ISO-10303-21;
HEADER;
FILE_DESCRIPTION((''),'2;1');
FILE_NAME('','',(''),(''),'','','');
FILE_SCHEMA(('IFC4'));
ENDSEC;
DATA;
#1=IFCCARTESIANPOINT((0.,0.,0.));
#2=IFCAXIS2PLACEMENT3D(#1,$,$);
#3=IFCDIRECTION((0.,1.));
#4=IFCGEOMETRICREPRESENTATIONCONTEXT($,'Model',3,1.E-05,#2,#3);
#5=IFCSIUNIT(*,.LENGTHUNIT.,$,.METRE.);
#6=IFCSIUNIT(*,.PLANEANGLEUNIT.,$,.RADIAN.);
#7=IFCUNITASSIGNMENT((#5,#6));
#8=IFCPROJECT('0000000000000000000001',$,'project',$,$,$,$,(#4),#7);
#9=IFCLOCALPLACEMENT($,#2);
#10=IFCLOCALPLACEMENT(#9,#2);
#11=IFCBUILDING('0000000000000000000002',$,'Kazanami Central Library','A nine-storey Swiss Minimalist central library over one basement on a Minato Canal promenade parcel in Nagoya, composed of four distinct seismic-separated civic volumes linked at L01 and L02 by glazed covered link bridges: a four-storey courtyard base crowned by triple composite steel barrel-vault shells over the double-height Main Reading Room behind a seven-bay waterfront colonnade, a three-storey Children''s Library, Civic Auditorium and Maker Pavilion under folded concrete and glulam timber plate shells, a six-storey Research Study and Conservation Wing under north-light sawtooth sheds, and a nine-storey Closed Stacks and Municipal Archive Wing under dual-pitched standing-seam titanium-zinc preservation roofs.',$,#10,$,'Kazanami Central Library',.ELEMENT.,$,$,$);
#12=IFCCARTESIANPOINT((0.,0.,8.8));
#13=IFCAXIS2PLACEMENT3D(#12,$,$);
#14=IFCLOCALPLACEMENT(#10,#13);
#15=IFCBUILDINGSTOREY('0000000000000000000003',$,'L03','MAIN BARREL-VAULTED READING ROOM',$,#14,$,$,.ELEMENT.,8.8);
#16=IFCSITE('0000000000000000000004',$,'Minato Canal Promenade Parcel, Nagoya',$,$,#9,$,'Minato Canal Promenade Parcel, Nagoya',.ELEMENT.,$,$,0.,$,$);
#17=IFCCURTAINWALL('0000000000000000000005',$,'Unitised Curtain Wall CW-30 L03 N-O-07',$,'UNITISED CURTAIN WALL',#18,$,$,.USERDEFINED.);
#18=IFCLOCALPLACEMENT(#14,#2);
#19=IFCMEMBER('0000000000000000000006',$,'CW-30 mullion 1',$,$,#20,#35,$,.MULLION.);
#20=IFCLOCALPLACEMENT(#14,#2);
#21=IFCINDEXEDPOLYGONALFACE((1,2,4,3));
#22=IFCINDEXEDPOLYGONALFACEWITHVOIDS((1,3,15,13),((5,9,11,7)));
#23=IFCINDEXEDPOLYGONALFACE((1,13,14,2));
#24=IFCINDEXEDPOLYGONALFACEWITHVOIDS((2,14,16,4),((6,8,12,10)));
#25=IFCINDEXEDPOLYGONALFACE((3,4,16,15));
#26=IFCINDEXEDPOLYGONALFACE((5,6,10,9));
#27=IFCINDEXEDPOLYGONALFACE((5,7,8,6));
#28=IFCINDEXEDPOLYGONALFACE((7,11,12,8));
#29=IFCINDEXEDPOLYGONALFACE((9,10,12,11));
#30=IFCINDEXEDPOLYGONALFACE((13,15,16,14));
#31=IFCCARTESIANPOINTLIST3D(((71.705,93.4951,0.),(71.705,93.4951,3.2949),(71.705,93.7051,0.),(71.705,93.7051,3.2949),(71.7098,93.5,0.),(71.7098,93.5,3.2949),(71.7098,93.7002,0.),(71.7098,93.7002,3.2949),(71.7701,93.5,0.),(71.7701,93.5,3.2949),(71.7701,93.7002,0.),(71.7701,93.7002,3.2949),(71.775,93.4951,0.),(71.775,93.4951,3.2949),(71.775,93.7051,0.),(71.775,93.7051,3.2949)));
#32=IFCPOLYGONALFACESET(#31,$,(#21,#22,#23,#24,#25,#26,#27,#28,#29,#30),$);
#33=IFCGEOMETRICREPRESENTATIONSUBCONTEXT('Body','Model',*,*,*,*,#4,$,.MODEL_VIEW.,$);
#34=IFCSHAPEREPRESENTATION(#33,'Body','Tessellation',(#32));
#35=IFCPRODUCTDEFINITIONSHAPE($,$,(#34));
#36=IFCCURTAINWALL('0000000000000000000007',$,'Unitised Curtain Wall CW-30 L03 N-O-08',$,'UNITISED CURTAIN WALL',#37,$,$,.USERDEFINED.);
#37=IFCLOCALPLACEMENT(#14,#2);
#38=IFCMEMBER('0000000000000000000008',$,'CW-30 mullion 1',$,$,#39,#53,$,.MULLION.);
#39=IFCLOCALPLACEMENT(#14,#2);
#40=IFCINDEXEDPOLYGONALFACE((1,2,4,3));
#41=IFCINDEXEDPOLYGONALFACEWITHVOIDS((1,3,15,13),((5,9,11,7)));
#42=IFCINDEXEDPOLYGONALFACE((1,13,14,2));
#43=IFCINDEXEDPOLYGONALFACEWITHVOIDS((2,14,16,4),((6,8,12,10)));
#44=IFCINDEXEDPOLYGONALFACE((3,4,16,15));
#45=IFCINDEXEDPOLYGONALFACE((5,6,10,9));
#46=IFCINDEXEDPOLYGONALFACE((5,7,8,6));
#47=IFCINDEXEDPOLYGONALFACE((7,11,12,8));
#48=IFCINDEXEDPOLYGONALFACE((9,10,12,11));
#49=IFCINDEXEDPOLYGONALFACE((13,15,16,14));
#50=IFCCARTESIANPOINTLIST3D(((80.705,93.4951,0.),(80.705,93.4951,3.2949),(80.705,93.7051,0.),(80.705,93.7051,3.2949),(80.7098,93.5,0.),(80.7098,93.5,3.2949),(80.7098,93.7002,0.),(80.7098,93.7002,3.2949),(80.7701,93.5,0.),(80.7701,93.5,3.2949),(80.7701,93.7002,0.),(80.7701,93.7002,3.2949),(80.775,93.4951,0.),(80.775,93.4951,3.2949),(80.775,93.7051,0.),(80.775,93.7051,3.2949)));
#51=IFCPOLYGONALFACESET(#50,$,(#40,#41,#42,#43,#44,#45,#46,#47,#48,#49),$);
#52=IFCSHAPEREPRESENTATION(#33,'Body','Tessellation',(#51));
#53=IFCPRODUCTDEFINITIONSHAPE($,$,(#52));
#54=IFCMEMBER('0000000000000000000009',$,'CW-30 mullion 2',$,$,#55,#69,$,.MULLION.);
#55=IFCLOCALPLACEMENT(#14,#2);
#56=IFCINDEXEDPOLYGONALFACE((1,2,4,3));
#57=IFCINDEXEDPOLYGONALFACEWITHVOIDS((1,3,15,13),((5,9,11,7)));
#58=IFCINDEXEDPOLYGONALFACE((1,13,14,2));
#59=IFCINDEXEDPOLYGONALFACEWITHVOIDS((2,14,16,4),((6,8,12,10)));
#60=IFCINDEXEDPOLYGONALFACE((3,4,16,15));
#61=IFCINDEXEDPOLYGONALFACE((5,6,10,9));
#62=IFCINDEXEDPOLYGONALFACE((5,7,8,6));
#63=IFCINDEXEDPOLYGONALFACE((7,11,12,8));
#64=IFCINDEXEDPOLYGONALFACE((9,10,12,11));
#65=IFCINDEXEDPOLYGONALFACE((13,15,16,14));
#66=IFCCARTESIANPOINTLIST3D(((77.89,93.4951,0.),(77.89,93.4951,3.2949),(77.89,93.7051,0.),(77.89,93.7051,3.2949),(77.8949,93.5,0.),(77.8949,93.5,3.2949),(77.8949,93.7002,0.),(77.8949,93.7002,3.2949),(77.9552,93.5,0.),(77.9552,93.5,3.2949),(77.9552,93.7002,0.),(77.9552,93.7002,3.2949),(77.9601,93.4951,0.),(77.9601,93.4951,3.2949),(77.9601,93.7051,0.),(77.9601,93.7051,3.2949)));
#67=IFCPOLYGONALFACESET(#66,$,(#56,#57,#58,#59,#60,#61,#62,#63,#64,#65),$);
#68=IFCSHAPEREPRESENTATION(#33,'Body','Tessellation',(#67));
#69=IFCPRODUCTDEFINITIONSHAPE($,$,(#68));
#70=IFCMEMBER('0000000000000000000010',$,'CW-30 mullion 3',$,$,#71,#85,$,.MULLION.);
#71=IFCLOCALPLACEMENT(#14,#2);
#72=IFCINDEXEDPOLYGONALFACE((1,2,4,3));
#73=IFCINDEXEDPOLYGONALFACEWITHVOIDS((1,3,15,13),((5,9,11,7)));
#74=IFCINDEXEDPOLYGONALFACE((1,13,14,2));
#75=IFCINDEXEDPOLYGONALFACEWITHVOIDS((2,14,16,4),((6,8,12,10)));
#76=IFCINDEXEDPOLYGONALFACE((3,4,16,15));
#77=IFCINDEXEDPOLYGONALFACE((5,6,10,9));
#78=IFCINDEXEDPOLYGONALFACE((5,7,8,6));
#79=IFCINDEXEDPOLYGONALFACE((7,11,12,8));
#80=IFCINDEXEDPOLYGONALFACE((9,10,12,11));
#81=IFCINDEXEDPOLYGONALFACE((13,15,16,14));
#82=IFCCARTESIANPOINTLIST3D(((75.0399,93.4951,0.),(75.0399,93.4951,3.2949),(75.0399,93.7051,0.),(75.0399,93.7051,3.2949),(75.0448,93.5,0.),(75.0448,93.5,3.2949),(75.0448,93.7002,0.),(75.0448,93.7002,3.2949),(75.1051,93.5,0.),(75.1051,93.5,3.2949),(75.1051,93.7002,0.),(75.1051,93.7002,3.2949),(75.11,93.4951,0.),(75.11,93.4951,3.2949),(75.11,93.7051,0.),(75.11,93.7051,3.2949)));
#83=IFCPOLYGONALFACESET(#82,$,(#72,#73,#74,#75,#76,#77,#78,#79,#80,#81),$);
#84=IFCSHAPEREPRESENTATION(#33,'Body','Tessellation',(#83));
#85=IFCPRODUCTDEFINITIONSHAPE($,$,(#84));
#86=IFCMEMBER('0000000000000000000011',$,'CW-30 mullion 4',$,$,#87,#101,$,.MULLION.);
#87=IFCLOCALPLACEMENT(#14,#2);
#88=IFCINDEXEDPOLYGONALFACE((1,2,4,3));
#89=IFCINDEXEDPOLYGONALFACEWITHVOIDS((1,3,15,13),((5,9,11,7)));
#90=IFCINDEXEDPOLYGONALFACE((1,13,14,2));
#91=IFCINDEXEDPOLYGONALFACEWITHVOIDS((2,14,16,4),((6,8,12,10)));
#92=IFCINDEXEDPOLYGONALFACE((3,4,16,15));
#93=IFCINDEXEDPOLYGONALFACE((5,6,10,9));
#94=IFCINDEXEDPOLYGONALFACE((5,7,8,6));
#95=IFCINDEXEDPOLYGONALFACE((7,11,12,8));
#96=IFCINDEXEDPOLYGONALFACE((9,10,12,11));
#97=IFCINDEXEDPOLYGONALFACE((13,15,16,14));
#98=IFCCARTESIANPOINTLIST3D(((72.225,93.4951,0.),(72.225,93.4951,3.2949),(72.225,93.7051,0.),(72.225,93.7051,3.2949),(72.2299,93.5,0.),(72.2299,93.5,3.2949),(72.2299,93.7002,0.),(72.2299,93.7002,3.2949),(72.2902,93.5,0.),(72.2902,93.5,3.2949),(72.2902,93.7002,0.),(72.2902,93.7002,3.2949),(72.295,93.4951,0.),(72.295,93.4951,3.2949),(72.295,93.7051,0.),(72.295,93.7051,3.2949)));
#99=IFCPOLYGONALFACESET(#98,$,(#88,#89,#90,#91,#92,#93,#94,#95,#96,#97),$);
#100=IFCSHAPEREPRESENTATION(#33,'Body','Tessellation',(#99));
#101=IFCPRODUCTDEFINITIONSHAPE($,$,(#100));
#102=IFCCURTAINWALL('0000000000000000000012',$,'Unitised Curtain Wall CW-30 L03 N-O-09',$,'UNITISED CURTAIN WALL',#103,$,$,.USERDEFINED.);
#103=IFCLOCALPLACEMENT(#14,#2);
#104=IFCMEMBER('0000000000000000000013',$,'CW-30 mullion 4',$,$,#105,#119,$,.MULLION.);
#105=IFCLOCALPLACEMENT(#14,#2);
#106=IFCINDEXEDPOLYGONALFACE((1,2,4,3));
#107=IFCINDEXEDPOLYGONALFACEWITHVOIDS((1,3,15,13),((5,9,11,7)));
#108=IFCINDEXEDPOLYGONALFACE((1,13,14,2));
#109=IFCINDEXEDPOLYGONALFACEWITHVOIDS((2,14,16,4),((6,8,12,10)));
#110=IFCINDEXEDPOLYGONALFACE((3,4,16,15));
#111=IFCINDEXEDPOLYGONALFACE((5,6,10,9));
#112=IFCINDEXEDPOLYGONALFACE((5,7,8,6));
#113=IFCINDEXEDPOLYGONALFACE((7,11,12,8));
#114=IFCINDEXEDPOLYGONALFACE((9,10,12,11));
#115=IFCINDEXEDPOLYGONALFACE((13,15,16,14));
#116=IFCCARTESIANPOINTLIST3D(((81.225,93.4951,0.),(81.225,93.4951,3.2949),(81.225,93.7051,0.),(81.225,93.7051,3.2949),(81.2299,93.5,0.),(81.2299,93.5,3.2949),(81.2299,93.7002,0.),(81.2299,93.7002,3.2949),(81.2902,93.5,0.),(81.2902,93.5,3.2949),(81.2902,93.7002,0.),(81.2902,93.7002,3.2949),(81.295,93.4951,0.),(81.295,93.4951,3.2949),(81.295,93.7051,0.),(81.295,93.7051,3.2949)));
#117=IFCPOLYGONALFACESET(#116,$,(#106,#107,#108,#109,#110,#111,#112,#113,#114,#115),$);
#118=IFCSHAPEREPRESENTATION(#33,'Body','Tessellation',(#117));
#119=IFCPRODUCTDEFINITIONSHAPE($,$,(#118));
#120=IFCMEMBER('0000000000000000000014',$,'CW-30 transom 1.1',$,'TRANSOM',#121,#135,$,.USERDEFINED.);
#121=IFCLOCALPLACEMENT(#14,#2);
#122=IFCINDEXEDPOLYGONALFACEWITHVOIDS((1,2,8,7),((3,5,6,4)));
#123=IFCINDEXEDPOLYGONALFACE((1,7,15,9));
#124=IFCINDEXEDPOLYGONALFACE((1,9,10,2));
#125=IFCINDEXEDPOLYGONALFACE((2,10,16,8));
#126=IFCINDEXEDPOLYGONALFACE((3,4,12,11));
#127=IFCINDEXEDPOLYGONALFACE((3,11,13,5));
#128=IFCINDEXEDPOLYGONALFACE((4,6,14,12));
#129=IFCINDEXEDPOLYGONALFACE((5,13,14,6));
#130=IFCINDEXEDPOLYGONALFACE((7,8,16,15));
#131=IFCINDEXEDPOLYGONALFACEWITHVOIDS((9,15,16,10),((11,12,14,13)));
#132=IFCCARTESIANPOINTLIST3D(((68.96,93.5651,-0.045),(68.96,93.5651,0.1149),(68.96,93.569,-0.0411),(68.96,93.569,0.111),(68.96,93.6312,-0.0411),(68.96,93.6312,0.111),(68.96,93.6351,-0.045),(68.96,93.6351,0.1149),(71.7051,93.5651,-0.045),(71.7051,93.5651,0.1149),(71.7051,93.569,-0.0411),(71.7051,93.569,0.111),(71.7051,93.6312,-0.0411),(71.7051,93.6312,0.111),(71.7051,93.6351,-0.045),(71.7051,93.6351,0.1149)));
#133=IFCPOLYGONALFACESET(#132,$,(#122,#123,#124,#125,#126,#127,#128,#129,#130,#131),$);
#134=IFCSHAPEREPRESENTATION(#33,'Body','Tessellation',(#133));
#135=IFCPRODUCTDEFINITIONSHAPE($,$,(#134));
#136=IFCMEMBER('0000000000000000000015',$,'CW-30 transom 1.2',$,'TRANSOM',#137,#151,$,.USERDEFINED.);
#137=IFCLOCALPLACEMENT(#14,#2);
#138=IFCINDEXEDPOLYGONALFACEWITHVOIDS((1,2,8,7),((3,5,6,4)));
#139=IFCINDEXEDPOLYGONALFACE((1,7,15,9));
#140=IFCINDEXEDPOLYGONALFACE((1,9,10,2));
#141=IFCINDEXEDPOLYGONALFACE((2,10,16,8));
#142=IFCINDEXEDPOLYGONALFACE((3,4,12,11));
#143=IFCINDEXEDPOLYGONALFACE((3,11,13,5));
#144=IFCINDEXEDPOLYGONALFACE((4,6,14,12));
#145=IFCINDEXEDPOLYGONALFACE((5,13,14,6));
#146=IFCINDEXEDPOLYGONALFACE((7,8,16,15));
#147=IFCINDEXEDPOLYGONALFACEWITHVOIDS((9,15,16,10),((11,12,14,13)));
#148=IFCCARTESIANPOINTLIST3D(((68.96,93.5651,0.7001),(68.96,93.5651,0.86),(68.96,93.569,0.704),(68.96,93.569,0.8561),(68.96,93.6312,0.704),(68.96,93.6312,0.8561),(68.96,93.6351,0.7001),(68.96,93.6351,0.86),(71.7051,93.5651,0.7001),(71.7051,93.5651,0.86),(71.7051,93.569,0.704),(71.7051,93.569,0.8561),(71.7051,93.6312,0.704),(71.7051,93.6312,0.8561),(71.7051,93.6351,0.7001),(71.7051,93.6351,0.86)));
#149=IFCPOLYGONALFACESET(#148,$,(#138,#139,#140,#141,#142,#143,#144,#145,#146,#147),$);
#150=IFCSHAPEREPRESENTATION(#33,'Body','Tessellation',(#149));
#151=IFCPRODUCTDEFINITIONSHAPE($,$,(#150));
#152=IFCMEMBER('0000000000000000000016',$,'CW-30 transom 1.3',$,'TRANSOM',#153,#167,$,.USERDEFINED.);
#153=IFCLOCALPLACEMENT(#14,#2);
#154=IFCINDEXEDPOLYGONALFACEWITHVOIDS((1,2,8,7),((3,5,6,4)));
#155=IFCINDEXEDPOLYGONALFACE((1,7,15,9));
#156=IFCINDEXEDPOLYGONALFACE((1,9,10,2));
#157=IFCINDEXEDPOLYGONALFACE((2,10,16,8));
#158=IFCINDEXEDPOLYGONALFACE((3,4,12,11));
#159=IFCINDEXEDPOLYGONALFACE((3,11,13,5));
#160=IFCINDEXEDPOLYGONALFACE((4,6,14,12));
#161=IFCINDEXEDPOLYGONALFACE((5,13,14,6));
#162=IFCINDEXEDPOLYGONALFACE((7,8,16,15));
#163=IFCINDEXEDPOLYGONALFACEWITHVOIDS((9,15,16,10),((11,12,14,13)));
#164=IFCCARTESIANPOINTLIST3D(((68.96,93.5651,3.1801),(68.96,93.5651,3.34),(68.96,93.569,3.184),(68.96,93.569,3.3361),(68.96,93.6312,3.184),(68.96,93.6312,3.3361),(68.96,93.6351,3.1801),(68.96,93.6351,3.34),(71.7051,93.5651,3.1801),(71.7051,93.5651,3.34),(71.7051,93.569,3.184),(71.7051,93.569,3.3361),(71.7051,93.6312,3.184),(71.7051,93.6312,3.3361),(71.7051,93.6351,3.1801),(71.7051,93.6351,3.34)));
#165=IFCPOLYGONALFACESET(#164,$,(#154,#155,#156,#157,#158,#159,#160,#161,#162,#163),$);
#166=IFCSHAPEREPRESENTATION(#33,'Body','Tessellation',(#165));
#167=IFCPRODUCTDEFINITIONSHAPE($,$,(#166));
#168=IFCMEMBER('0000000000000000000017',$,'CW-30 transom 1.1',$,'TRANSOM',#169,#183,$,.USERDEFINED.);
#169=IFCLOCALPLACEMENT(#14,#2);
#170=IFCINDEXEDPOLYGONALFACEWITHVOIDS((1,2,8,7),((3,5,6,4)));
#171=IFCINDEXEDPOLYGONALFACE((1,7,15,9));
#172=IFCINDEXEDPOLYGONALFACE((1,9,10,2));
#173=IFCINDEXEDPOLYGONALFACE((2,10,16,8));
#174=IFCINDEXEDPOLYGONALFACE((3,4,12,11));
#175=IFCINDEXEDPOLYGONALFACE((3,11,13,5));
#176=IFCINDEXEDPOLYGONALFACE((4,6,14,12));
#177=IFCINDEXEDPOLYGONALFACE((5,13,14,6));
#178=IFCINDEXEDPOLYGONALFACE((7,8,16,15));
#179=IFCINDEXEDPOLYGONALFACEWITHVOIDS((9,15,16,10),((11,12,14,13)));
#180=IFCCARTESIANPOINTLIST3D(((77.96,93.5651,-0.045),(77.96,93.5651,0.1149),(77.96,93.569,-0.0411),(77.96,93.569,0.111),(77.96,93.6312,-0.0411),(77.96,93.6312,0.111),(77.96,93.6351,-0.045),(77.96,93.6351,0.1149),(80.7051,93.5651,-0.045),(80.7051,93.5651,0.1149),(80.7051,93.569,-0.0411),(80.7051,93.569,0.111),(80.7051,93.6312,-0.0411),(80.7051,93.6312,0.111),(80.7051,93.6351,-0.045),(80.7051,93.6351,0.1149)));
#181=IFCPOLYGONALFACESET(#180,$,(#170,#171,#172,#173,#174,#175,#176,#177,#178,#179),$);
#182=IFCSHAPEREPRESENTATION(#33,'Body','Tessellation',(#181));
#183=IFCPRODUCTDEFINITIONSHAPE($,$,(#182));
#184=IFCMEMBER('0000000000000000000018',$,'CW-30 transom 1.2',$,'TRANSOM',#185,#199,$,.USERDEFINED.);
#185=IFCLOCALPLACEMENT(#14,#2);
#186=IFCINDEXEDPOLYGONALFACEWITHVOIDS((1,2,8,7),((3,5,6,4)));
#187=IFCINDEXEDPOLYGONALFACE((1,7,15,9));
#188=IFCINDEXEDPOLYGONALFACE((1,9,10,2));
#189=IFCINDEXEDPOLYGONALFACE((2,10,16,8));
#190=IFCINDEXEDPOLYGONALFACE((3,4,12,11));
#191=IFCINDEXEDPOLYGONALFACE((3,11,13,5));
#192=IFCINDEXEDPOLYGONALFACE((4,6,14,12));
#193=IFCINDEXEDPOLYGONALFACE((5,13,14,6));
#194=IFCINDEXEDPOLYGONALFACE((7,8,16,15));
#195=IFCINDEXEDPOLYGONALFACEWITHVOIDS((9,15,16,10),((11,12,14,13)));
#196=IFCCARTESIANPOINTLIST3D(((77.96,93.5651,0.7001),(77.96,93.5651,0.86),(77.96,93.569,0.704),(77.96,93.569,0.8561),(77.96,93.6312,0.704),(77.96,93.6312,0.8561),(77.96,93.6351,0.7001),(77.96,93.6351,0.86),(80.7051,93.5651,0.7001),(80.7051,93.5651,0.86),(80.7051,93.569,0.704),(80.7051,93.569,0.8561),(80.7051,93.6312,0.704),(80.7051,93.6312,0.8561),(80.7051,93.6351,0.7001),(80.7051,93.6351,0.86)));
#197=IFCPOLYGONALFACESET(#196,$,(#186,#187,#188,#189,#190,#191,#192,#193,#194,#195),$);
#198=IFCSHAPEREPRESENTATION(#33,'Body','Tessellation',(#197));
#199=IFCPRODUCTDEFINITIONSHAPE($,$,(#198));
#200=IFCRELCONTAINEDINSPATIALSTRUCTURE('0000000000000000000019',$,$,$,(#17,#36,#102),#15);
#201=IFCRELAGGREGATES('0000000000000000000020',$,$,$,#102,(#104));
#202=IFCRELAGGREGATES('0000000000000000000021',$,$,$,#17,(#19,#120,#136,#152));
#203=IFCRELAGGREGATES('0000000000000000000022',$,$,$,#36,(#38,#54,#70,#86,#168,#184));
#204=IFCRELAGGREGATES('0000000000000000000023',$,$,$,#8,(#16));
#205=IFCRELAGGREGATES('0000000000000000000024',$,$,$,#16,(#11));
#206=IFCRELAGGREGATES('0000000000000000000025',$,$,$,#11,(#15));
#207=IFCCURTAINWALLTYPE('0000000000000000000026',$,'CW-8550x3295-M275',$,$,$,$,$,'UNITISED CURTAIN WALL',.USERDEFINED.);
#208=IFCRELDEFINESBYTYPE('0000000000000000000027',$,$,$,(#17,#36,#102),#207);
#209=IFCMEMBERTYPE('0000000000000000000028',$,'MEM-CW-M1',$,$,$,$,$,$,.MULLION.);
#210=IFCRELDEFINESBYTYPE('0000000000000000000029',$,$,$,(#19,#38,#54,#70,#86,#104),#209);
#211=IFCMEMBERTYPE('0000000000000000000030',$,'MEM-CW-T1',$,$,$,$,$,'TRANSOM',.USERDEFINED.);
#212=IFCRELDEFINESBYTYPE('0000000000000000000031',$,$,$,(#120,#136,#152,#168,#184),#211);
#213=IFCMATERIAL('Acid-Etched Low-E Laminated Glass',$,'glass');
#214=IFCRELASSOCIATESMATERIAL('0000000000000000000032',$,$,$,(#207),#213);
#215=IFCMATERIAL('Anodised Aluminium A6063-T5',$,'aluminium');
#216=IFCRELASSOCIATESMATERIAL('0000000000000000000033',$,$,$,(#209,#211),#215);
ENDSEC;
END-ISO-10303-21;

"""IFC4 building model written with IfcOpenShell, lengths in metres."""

from ifc_helpers import new_model, si_unit, direction, frame, origin, origin_2d, place, context, subcontext, project, spatial, hollow_rectangle, extrude, material, material_profile, profile_set, type_object, element, aggregate, save


model = new_model("IFC4")

# Units and contexts
model_context = context("Model", 3, precision=1e-05, world=origin(), true_north=direction((0.0, 1.0)))
body_context = subcontext(model_context, "Body", "Model", "MODEL_VIEW")
ifc_project = project(units=[si_unit("LENGTHUNIT", "METRE"), si_unit("PLANEANGLEUNIT", "RADIAN")], contexts=[model_context])

# Site, building, storey
site_placement = place(None, origin())
site = spatial("IfcSite", under=ifc_project, at=site_placement, Name="Minato Canal Promenade Parcel, Nagoya", LongName="Minato Canal Promenade Parcel, Nagoya", CompositionType="ELEMENT", RefElevation=0.0)
building_placement = place(site_placement, origin())
building = spatial("IfcBuilding", under=site, at=building_placement, Name="Kazanami Central Library", Description="A nine-storey Swiss Minimalist central library over one basement on a Minato Canal promenade parcel in Nagoya, composed of four distinct seismic-separated civic volumes linked at L01 and L02 by glazed covered link bridges: a four-storey courtyard base crowned by triple composite steel barrel-vault shells over the double-height Main Reading Room behind a seven-bay waterfront colonnade, a three-storey Children's Library, Civic Auditorium and Maker Pavilion under folded concrete and glulam timber plate shells, a six-storey Research Study and Conservation Wing under north-light sawtooth sheds, and a nine-storey Closed Stacks and Municipal Archive Wing under dual-pitched standing-seam titanium-zinc preservation roofs.", LongName="Kazanami Central Library", CompositionType="ELEMENT")
storey_placement = place(building_placement, frame((0.0, 0.0, 8.8)))
storey = spatial("IfcBuildingStorey", under=building, at=storey_placement, Name="L03", Description="MAIN BARREL-VAULTED READING ROOM", CompositionType="ELEMENT", Elevation=8.8)

# Curtain wall, member
ifc_material_1 = material(Name="Acid-Etched Low-E Laminated Glass", Category="glass")
curtain_wall_type = type_object("IfcCurtainWallType", Name="CW-8550x3295-M275", ElementType="UNITISED CURTAIN WALL", PredefinedType="USERDEFINED", material=ifc_material_1)
curtain_wall_1_placement = place(storey_placement, origin())
curtain_wall_1 = element("IfcCurtainWall", 1, at=curtain_wall_1_placement, inside=storey, type_object=curtain_wall_type, Name="Unitised Curtain Wall CW-30 L03 N-O-07", ObjectType="UNITISED CURTAIN WALL", PredefinedType="USERDEFINED")
ifc_material_2 = material(Name="Anodised Aluminium A6063-T5", Category="aluminium")
ifc_material_profile_1 = material_profile(ifc_material_2, hollow_rectangle(XDim=0.0701, YDim=0.21, WallThickness=0.0049, at=origin_2d()), Name="ALU-MULL-70x210x5")
ifc_profile_set_1 = profile_set([ifc_material_profile_1], Name="Anodised Aluminium A6063-T5")
member_type_1 = type_object("IfcMemberType", Name="MEM-CW-M1", PredefinedType="MULLION", material=ifc_profile_set_1)
member_1_placement = place(storey_placement, frame((71.74, 93.6001, 0.0), z_axis=(0.0, 0.0, 1.0), x_axis=(-1.0, 0.0, 0.0)))
member_1 = element("IfcMember", 2, at=member_1_placement, type_object=member_type_1, Name="CW-30 mullion 1", PredefinedType="MULLION", context=body_context, shape_type="SweptSolid", body=[
    extrude(hollow_rectangle(XDim=0.0701, YDim=0.21, WallThickness=0.0049, at=origin_2d()), origin(), (0.0, 0.0, 1.0), 3.2949),
])

# Curtain wall, members
curtain_wall_2_placement = place(storey_placement, origin())
curtain_wall_2 = element("IfcCurtainWall", 3, at=curtain_wall_2_placement, inside=storey, type_object=curtain_wall_type, Name="Unitised Curtain Wall CW-30 L03 N-O-08", ObjectType="UNITISED CURTAIN WALL", PredefinedType="USERDEFINED")
member_2_placement = place(storey_placement, frame((80.74, 93.6001, 0.0), z_axis=(0.0, 0.0, 1.0), x_axis=(-1.0, 0.0, 0.0)))
member_2 = element("IfcMember", 4, at=member_2_placement, type_object=member_type_1, Name="CW-30 mullion 1", PredefinedType="MULLION", context=body_context, shape_type="SweptSolid", body=[
    extrude(hollow_rectangle(XDim=0.0701, YDim=0.21, WallThickness=0.0049, at=origin_2d()), origin(), (0.0, 0.0, 1.0), 3.2949),
])
member_3_placement = place(storey_placement, frame((77.925, 93.6001, 0.0), z_axis=(0.0, 0.0, 1.0), x_axis=(-1.0, 0.0, 0.0)))
member_3 = element("IfcMember", 5, at=member_3_placement, type_object=member_type_1, Name="CW-30 mullion 2", PredefinedType="MULLION", context=body_context, shape_type="SweptSolid", body=[
    extrude(hollow_rectangle(XDim=0.0701, YDim=0.21, WallThickness=0.0049, at=origin_2d()), origin(), (0.0, 0.0, 1.0), 3.2949),
])
member_4_placement = place(storey_placement, frame((75.075, 93.6001, 0.0), z_axis=(0.0, 0.0, 1.0), x_axis=(-1.0, 0.0, 0.0)))
member_4 = element("IfcMember", 6, at=member_4_placement, type_object=member_type_1, Name="CW-30 mullion 3", PredefinedType="MULLION", context=body_context, shape_type="SweptSolid", body=[
    extrude(hollow_rectangle(XDim=0.0701, YDim=0.21, WallThickness=0.0049, at=origin_2d()), origin(), (0.0, 0.0, 1.0), 3.2949),
])
member_5_placement = place(storey_placement, frame((72.26, 93.6001, 0.0), z_axis=(0.0, 0.0, 1.0), x_axis=(-1.0, 0.0, 0.0)))
member_5 = element("IfcMember", 7, at=member_5_placement, type_object=member_type_1, Name="CW-30 mullion 4", PredefinedType="MULLION", context=body_context, shape_type="SweptSolid", body=[
    extrude(hollow_rectangle(XDim=0.0701, YDim=0.21, WallThickness=0.0049, at=origin_2d()), origin(), (0.0, 0.0, 1.0), 3.2949),
])

# Curtain wall, member
curtain_wall_3_placement = place(storey_placement, origin())
curtain_wall_3 = element("IfcCurtainWall", 8, at=curtain_wall_3_placement, inside=storey, type_object=curtain_wall_type, Name="Unitised Curtain Wall CW-30 L03 N-O-09", ObjectType="UNITISED CURTAIN WALL", PredefinedType="USERDEFINED")
member_6_placement = place(storey_placement, frame((81.26, 93.6001, 0.0), z_axis=(0.0, 0.0, 1.0), x_axis=(-1.0, 0.0, 0.0)))
member_6 = element("IfcMember", 9, at=member_6_placement, type_object=member_type_1, Name="CW-30 mullion 4", PredefinedType="MULLION", context=body_context, shape_type="SweptSolid", body=[
    extrude(hollow_rectangle(XDim=0.0701, YDim=0.21, WallThickness=0.0049, at=origin_2d()), origin(), (0.0, 0.0, 1.0), 3.2949),
])
aggregate(curtain_wall_3, [member_6])

# Members
ifc_material_profile_2 = material_profile(ifc_material_2, hollow_rectangle(XDim=0.0701, YDim=0.1599, WallThickness=0.0039, at=origin_2d()), Name="ALU-TRAN-70x160x4")
ifc_profile_set_2 = profile_set([ifc_material_profile_2], Name="Anodised Aluminium A6063-T5")
member_type_2 = type_object("IfcMemberType", Name="MEM-CW-T1", ElementType="TRANSOM", PredefinedType="USERDEFINED", material=ifc_profile_set_2)
member_7_placement = place(storey_placement, frame((71.7051, 93.6001, 0.0349), z_axis=(-1.0, 0.0, 0.0), x_axis=(0.0, -1.0, 0.0)))
member_7 = element("IfcMember", 10, at=member_7_placement, type_object=member_type_2, Name="CW-30 transom 1.1", ObjectType="TRANSOM", PredefinedType="USERDEFINED", context=body_context, shape_type="SweptSolid", body=[
    extrude(hollow_rectangle(XDim=0.0701, YDim=0.1599, WallThickness=0.0039, at=origin_2d()), origin(), (0.0, 0.0, 1.0), 2.7451),
])
member_8_placement = place(storey_placement, frame((71.7051, 93.6001, 0.78), z_axis=(-1.0, 0.0, 0.0), x_axis=(0.0, -1.0, 0.0)))
member_8 = element("IfcMember", 11, at=member_8_placement, type_object=member_type_2, Name="CW-30 transom 1.2", ObjectType="TRANSOM", PredefinedType="USERDEFINED", context=body_context, shape_type="SweptSolid", body=[
    extrude(hollow_rectangle(XDim=0.0701, YDim=0.1599, WallThickness=0.0039, at=origin_2d()), origin(), (0.0, 0.0, 1.0), 2.7451),
])
member_9_placement = place(storey_placement, frame((71.7051, 93.6001, 3.26), z_axis=(-1.0, 0.0, 0.0), x_axis=(0.0, -1.0, 0.0)))
member_9 = element("IfcMember", 12, at=member_9_placement, type_object=member_type_2, Name="CW-30 transom 1.3", ObjectType="TRANSOM", PredefinedType="USERDEFINED", context=body_context, shape_type="SweptSolid", body=[
    extrude(hollow_rectangle(XDim=0.0701, YDim=0.1599, WallThickness=0.0039, at=origin_2d()), origin(), (0.0, 0.0, 1.0), 2.7451),
])
member_10_placement = place(storey_placement, frame((80.7051, 93.6001, 0.0349), z_axis=(-1.0, 0.0, 0.0), x_axis=(0.0, -1.0, 0.0)))
member_10 = element("IfcMember", 13, at=member_10_placement, type_object=member_type_2, Name="CW-30 transom 1.1", ObjectType="TRANSOM", PredefinedType="USERDEFINED", context=body_context, shape_type="SweptSolid", body=[
    extrude(hollow_rectangle(XDim=0.0701, YDim=0.1599, WallThickness=0.0039, at=origin_2d()), origin(), (0.0, 0.0, 1.0), 2.7451),
])
member_11_placement = place(storey_placement, frame((80.7051, 93.6001, 0.78), z_axis=(-1.0, 0.0, 0.0), x_axis=(0.0, -1.0, 0.0)))
member_11 = element("IfcMember", 14, at=member_11_placement, type_object=member_type_2, Name="CW-30 transom 1.2", ObjectType="TRANSOM", PredefinedType="USERDEFINED", context=body_context, shape_type="SweptSolid", body=[
    extrude(hollow_rectangle(XDim=0.0701, YDim=0.1599, WallThickness=0.0039, at=origin_2d()), origin(), (0.0, 0.0, 1.0), 2.7451),
])

aggregate(curtain_wall_1, [member_1, member_7, member_8, member_9])
aggregate(curtain_wall_2, [member_2, member_3, member_4, member_5, member_10, member_11])

save(model, "model.ifc")
